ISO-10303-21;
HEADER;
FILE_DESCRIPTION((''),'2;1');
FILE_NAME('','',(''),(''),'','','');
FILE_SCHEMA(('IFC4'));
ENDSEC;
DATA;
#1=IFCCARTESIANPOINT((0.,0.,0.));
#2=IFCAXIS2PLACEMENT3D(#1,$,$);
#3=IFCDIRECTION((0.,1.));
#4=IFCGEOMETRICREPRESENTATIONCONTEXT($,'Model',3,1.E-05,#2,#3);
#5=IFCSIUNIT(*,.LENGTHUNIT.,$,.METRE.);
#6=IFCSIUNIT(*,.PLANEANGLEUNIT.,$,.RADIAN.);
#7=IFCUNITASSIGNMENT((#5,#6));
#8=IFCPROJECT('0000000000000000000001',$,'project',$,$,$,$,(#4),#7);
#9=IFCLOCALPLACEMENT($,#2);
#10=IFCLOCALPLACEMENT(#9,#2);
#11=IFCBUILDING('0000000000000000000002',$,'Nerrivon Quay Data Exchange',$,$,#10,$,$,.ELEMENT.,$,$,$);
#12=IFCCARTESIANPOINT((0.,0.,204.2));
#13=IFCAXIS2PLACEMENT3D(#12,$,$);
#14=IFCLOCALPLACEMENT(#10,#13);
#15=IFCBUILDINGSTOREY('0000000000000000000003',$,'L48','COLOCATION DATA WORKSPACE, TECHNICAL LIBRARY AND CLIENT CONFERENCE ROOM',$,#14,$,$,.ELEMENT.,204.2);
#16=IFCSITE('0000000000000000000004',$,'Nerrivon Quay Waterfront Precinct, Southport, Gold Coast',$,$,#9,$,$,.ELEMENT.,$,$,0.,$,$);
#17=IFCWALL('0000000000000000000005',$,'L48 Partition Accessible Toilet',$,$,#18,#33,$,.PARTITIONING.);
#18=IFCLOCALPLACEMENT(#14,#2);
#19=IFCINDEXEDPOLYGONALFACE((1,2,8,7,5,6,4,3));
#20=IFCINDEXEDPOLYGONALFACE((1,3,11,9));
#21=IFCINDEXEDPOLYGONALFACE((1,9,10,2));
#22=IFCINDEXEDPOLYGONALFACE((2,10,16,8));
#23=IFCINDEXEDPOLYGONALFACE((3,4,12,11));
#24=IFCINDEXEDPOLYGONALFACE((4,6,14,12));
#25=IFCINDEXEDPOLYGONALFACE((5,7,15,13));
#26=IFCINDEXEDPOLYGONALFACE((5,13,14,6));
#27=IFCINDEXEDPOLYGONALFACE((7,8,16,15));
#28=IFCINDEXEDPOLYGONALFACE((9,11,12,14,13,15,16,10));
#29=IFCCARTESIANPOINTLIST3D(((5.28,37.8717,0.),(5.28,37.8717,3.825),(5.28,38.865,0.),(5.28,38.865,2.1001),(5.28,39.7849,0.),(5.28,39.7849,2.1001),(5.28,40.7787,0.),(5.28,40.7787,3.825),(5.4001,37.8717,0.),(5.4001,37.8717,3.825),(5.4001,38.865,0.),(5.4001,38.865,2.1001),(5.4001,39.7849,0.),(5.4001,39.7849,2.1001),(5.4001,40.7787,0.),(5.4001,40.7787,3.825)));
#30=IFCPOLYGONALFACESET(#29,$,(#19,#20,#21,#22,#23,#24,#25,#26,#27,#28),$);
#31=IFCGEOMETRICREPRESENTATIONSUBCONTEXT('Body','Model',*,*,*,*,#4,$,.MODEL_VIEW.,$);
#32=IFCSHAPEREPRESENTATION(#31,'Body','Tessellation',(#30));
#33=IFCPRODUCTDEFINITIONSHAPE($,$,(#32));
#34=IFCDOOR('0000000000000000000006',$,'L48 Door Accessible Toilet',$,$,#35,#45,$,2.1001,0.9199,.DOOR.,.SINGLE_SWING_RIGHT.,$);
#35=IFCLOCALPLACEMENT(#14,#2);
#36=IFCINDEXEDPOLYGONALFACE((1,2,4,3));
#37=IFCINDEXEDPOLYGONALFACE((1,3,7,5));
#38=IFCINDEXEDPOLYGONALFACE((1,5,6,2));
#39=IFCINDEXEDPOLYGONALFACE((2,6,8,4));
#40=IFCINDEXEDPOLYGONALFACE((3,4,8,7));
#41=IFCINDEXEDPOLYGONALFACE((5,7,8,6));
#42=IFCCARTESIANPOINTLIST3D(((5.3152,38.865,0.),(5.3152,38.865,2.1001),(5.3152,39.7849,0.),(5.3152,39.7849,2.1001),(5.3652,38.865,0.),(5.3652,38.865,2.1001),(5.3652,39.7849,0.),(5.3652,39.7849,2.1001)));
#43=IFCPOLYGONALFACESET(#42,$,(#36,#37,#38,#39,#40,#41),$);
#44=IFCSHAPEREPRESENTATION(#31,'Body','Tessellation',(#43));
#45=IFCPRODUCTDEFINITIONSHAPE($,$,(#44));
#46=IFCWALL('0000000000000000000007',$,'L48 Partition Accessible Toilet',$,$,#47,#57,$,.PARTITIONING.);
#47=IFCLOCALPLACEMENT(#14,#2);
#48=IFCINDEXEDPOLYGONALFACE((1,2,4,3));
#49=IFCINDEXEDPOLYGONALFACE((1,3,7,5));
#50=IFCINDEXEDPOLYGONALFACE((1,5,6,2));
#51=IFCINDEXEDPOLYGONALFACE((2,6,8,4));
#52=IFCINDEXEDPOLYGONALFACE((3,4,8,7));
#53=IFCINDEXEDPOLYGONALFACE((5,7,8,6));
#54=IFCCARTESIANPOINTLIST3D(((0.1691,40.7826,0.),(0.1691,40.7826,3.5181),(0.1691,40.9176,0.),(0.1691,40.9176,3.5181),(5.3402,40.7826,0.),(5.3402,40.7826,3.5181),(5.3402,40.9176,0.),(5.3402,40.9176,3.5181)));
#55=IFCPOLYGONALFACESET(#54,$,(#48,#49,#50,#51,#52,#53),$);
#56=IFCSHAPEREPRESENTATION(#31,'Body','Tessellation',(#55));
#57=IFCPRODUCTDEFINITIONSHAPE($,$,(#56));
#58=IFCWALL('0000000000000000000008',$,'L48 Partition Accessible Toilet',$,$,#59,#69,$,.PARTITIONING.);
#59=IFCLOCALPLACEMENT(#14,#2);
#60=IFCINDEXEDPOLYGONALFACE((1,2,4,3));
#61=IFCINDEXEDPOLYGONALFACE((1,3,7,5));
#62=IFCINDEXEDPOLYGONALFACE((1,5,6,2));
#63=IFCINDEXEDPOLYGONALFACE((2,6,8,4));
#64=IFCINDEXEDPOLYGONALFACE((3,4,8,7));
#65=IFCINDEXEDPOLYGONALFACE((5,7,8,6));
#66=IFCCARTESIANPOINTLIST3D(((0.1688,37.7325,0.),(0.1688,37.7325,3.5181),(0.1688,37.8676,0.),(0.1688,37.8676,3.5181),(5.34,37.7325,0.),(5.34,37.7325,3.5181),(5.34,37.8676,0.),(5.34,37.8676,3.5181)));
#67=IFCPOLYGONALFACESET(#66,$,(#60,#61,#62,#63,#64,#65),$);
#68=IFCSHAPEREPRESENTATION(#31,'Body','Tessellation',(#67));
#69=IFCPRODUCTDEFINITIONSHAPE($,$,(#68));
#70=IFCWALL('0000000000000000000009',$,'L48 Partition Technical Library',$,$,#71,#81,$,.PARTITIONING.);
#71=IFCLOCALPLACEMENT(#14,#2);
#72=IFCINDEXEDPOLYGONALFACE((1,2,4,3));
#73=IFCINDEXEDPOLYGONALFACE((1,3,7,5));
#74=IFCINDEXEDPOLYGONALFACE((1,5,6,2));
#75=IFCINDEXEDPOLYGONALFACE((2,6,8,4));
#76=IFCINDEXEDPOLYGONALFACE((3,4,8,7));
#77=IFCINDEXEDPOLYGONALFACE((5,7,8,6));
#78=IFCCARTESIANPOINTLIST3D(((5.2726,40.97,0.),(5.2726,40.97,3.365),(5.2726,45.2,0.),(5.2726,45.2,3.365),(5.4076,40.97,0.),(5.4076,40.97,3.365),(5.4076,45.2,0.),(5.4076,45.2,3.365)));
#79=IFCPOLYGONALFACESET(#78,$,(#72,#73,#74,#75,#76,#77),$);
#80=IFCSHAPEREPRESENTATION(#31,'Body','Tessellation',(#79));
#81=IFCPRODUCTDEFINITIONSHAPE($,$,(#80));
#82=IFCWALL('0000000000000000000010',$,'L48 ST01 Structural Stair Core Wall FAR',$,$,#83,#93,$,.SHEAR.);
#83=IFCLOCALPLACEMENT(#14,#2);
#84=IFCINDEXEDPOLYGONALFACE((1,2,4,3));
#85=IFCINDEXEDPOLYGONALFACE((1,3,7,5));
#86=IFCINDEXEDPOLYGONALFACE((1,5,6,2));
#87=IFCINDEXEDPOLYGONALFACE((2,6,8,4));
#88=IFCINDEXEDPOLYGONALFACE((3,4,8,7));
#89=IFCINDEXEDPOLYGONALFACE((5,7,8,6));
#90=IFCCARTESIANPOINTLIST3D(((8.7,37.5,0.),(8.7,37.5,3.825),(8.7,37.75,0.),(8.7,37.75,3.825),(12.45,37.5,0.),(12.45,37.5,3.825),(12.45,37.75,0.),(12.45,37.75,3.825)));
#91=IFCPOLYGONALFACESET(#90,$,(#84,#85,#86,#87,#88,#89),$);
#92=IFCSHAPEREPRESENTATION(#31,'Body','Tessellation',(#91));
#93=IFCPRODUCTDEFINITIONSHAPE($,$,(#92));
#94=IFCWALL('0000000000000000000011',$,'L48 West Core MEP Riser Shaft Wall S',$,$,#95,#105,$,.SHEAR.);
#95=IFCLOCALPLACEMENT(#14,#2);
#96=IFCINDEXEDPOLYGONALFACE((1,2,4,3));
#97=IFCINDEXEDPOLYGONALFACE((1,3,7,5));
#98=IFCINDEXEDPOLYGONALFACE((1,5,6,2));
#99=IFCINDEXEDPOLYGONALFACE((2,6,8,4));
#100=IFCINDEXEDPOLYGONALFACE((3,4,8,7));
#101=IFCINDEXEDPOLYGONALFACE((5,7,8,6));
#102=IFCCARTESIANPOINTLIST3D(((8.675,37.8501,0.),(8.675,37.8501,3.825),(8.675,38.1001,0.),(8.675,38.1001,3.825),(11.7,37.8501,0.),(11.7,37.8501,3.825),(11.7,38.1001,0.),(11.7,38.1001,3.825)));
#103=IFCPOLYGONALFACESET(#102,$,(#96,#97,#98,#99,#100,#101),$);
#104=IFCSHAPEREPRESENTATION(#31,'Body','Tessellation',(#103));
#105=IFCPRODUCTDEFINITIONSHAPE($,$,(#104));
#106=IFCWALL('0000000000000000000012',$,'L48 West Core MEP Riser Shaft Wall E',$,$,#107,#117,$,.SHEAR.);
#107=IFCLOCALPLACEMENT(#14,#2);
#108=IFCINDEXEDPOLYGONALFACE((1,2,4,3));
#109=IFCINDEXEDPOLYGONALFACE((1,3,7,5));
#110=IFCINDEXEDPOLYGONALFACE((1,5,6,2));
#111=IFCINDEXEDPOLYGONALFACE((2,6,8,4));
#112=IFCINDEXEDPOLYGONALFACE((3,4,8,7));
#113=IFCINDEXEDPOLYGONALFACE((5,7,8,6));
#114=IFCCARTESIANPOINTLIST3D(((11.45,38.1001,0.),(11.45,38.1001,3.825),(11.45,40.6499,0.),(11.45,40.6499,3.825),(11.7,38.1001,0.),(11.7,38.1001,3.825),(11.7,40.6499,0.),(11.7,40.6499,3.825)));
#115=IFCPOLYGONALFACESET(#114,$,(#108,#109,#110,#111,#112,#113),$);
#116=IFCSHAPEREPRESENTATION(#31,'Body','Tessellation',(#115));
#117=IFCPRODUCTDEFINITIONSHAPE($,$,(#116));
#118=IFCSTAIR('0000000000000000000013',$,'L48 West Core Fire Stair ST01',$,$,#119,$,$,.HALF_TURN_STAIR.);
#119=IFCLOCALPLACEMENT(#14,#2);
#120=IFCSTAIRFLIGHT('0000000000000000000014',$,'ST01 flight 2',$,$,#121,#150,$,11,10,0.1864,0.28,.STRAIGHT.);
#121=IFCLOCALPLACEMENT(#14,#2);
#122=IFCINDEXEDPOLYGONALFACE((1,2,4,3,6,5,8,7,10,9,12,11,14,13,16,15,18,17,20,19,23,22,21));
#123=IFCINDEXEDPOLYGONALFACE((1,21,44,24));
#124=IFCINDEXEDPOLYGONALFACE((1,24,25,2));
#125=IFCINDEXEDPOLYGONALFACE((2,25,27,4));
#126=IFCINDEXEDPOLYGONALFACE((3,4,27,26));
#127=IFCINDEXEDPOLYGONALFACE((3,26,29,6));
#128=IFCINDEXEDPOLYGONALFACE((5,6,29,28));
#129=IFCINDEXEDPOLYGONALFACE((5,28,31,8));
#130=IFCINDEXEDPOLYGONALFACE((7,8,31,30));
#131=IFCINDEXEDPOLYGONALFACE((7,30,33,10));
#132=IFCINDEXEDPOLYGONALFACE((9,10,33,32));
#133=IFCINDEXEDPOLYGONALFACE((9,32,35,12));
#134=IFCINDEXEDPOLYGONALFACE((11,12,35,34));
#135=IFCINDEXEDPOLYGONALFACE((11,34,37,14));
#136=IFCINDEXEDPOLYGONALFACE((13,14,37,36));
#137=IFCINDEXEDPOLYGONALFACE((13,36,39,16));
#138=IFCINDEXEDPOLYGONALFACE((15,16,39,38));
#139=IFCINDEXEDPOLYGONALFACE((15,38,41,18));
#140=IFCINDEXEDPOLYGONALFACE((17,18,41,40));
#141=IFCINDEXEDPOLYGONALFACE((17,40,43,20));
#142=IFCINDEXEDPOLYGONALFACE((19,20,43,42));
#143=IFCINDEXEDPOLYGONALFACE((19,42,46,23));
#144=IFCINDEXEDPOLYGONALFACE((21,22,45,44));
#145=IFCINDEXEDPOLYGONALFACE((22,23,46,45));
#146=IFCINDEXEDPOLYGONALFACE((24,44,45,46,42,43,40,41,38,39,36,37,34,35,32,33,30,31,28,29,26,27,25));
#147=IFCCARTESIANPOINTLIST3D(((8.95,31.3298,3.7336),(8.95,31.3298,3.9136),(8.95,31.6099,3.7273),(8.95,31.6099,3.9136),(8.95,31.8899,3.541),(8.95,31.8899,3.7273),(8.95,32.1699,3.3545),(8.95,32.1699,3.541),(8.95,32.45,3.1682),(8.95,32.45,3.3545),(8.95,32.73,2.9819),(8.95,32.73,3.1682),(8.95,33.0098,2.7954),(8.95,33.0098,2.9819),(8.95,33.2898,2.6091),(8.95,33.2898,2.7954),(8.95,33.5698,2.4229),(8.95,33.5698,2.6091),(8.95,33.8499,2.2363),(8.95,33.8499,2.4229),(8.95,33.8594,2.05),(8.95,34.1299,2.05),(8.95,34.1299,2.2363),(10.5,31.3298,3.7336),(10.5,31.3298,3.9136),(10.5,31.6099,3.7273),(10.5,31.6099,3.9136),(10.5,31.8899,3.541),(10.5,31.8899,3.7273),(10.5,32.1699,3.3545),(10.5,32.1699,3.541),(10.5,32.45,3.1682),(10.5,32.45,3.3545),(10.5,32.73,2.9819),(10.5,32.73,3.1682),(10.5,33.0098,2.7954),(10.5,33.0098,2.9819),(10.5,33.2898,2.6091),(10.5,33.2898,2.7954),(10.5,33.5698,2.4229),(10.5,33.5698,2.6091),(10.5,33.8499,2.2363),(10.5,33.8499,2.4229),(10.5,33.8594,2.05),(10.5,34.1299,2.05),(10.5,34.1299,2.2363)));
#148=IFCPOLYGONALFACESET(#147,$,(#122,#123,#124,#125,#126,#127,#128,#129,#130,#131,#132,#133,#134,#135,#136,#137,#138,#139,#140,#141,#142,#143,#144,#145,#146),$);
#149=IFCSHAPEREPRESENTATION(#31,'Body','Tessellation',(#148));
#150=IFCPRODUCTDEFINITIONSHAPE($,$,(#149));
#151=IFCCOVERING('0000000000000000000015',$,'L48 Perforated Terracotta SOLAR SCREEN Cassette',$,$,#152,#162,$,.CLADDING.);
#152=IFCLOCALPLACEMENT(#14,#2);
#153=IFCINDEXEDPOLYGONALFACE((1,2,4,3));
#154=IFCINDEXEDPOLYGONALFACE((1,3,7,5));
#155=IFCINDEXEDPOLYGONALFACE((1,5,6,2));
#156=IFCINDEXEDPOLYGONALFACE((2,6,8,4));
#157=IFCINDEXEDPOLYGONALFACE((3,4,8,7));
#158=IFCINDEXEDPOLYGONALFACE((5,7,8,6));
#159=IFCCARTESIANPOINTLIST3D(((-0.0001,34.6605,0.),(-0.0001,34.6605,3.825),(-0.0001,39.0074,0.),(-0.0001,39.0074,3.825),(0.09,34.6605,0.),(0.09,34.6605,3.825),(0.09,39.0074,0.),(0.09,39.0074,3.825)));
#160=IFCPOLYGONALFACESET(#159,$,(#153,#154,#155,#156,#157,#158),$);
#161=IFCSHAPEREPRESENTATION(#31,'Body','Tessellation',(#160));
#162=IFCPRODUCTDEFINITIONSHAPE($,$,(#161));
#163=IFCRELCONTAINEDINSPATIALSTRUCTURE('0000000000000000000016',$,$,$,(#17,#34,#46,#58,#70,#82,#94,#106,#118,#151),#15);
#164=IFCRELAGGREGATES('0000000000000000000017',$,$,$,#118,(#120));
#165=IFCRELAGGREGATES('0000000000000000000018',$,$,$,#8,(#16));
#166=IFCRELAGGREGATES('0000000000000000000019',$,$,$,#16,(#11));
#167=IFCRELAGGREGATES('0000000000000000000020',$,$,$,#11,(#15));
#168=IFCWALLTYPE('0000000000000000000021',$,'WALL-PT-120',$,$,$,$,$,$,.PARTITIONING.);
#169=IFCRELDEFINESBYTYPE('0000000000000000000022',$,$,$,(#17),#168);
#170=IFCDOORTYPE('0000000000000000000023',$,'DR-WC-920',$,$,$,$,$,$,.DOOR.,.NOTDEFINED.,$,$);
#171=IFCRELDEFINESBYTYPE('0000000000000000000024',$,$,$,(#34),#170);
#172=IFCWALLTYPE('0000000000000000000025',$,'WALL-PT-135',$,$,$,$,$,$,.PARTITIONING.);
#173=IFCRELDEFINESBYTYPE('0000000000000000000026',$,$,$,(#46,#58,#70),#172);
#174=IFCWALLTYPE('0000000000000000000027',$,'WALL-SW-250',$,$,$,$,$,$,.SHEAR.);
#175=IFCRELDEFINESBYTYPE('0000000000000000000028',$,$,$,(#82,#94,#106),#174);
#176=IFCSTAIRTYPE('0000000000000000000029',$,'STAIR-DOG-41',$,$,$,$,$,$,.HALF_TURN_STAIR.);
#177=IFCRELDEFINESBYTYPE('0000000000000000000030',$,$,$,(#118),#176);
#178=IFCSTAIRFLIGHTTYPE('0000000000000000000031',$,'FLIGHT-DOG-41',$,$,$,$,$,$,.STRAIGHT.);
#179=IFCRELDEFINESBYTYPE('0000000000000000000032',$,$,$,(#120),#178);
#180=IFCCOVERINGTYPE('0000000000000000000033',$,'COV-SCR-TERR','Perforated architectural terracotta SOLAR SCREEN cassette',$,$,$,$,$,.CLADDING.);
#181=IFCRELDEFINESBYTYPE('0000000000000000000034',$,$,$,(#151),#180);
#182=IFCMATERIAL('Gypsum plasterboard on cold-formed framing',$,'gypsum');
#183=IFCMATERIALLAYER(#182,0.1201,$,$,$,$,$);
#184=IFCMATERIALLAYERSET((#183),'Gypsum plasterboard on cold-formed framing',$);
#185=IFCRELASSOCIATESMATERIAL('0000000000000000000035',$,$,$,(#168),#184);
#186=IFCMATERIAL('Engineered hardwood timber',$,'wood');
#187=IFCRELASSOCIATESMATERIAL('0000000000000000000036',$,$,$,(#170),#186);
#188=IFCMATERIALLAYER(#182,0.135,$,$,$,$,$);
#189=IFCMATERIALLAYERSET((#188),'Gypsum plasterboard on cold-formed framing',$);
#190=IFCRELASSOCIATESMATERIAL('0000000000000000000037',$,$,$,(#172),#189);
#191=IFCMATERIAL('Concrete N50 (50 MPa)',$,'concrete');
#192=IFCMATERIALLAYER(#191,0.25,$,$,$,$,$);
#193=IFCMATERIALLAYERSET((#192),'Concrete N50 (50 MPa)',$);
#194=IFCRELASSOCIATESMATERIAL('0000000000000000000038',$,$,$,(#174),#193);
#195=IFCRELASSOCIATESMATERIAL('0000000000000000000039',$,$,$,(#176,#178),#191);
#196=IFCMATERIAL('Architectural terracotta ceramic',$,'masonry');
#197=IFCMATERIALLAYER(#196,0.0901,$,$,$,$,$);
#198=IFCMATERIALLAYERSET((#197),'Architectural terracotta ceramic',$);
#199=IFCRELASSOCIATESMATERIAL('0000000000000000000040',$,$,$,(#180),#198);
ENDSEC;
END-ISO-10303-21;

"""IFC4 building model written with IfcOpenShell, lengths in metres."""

from ifc_helpers import new_model, si_unit, direction, frame, frame_2d, origin, origin_2d, place, context, subcontext, project, spatial, polyline, rectangle, outline, extrude, material, layer, layer_set, type_object, element, fill, aggregate, save


model = new_model("IFC4")

# Units and contexts
model_context = context("Model", 3, precision=1e-05, world=origin(), true_north=direction((0.0, 1.0)))
body_context = subcontext(model_context, "Body", "Model", "MODEL_VIEW")
ifc_project = project(units=[si_unit("LENGTHUNIT", "METRE"), si_unit("PLANEANGLEUNIT", "RADIAN")], contexts=[model_context])

# Site, building, storey
site_placement = place(None, origin())
site = spatial("IfcSite", under=ifc_project, at=site_placement, Name="Nerrivon Quay Waterfront Precinct, Southport, Gold Coast", CompositionType="ELEMENT", RefElevation=0.0)
building_placement = place(site_placement, origin())
building = spatial("IfcBuilding", under=site, at=building_placement, Name="Nerrivon Quay Data Exchange", CompositionType="ELEMENT")
storey_placement = place(building_placement, frame((0.0, 0.0, 204.2)))
storey = spatial("IfcBuildingStorey", under=building, at=storey_placement, Name="L48", Description="COLOCATION DATA WORKSPACE, TECHNICAL LIBRARY AND CLIENT CONFERENCE ROOM", CompositionType="ELEMENT", Elevation=204.2)

# Shared definitions
ifc_material_1 = material(Name="Concrete N50 (50 MPa)", Category="concrete")

# Shared definitions
ifc_material_2 = material(Name="Gypsum plasterboard on cold-formed framing", Category="gypsum")

# Wall, opening, door
ifc_layer_1 = layer(ifc_material_2, 0.1201)
ifc_layer_set_1 = layer_set([ifc_layer_1], Name="Gypsum plasterboard on cold-formed framing")
wall_type_1 = type_object("IfcWallType", Name="WALL-PT-120", PredefinedType="PARTITIONING", material=ifc_layer_set_1)
wall_1_placement = place(storey_placement, frame((5.3401, 37.8716, 0.0), z_axis=(0.0, 0.0, 1.0), x_axis=(0.0, 1.0, 0.0)))
wall_1 = element("IfcWall", 1, at=wall_1_placement, inside=storey, type_object=wall_type_1, Name="L48 Partition Accessible Toilet", PredefinedType="PARTITIONING", context=body_context, shape_type="SweptSolid", body=[
    extrude(rectangle(XDim=2.907, YDim=0.1201, at=frame_2d((1.4536, 0.0))), origin(), (0.0, 0.0, 1.0), 3.825),
])
opening_1_placement = place(wall_1_placement, frame((0.9934, 0.0, 0.0)))
opening_1 = element("IfcOpeningElement", 2, at=opening_1_placement, cuts=wall_1, PredefinedType="OPENING", context=body_context, shape_type="SweptSolid", body=[
    extrude(rectangle(XDim=0.9199, YDim=2.1001, at=frame_2d((0.46, 1.05))), frame((0.0, 0.0701, 0.0), z_axis=(0.0, -1.0, 0.0), x_axis=(1.0, 0.0, 0.0)), (0.0, 0.0, 1.0), 0.1401),
])
ifc_material_3 = material(Name="Engineered hardwood timber", Category="wood")
door_type_1 = type_object("IfcDoorType", Name="DR-WC-920", OperationType="NOTDEFINED", PredefinedType="DOOR", material=ifc_material_3)
door_1_placement = place(opening_1_placement, origin())
door_1 = element("IfcDoor", 3, at=door_1_placement, inside=storey, type_object=door_type_1, Name="L48 Door Accessible Toilet", OperationType="SINGLE_SWING_RIGHT", OverallHeight=2.1001, OverallWidth=0.9199, PredefinedType="DOOR", context=body_context, shape_type="SweptSolid", body=[
    extrude(rectangle(XDim=0.9199, YDim=2.1001, at=frame_2d((0.46, 1.05))), frame((0.0, 0.0249, 0.0), z_axis=(0.0, -1.0, 0.0), x_axis=(1.0, 0.0, 0.0)), (0.0, 0.0, 1.0), 0.05),
])
fill(opening_1, door_1)

# Walls
ifc_layer_2 = layer(ifc_material_2, 0.135)
ifc_layer_set_2 = layer_set([ifc_layer_2], Name="Gypsum plasterboard on cold-formed framing")
wall_type_2 = type_object("IfcWallType", Name="WALL-PT-135", PredefinedType="PARTITIONING", material=ifc_layer_set_2)
for number, where, z_axis, x_axis, name in (
    (4, (5.3401, 40.8501, 0.0), (0.0, 0.0, 1.0), (-1.0, 0.0, 0.0), "L48 Partition Accessible Toilet"),
    (5, (0.1689, 37.8, 0.0), (0.0, 0.0, 1.0), (1.0, 0.0, 0.0), "L48 Partition Accessible Toilet"),
):
    element("IfcWall", number, at=place(storey_placement, frame(where, z_axis=z_axis, x_axis=x_axis)), inside=storey, type_object=wall_type_2, Name=name, PredefinedType="PARTITIONING", context=body_context, shape_type="SweptSolid", body=[
        extrude(rectangle(XDim=5.1711, YDim=0.135, at=frame_2d((2.5854, 0.0))), origin(), (0.0, 0.0, 1.0), 3.5181),
    ])
wall_2_placement = place(storey_placement, frame((5.3401, 40.97, 0.0), z_axis=(0.0, 0.0, 1.0), x_axis=(0.0, 1.0, 0.0)))
element("IfcWall", 6, at=wall_2_placement, inside=storey, type_object=wall_type_2, Name="L48 Partition Technical Library", PredefinedType="PARTITIONING", context=body_context, shape_type="SweptSolid", body=[
    extrude(rectangle(XDim=4.23, YDim=0.135, at=frame_2d((2.115, 0.0))), origin(), (0.0, 0.0, 1.0), 3.365),
])
ifc_layer_3 = layer(ifc_material_1, 0.25)
ifc_layer_set_3 = layer_set([ifc_layer_3], Name="Concrete N50 (50 MPa)")
wall_type_3 = type_object("IfcWallType", Name="WALL-SW-250", PredefinedType="SHEAR", material=ifc_layer_set_3)
wall_3_placement = place(storey_placement, frame((12.45, 37.625, 0.0), z_axis=(0.0, 0.0, 1.0), x_axis=(-1.0, 0.0, 0.0)))
element("IfcWall", 7, at=wall_3_placement, inside=storey, type_object=wall_type_3, Name="L48 ST01 Structural Stair Core Wall FAR", PredefinedType="SHEAR", context=body_context, shape_type="SweptSolid", body=[
    extrude(rectangle(XDim=3.75, YDim=0.25, at=frame_2d((1.875, 0.0))), origin(), (0.0, 0.0, 1.0), 3.825),
])
wall_4_placement = place(storey_placement, frame((8.675, 37.9751, 0.0), z_axis=(0.0, 0.0, 1.0), x_axis=(1.0, 0.0, 0.0)))
element("IfcWall", 8, at=wall_4_placement, inside=storey, type_object=wall_type_3, Name="L48 West Core MEP Riser Shaft Wall S", PredefinedType="SHEAR", context=body_context, shape_type="SweptSolid", body=[
    extrude(rectangle(XDim=3.0249, YDim=0.25, at=frame_2d((1.5125, 0.0))), origin(), (0.0, 0.0, 1.0), 3.825),
])
wall_5_placement = place(storey_placement, frame((11.575, 38.1001, 0.0), z_axis=(0.0, 0.0, 1.0), x_axis=(0.0, 1.0, 0.0)))
element("IfcWall", 9, at=wall_5_placement, inside=storey, type_object=wall_type_3, Name="L48 West Core MEP Riser Shaft Wall E", PredefinedType="SHEAR", context=body_context, shape_type="SweptSolid", body=[
    extrude(rectangle(XDim=2.5498, YDim=0.25, at=frame_2d((1.2749, 0.0))), origin(), (0.0, 0.0, 1.0), 3.825),
])

# Stair, stair flight
stair_type = type_object("IfcStairType", Name="STAIR-DOG-41", PredefinedType="HALF_TURN_STAIR", material=ifc_material_1)
stair_placement = place(storey_placement, origin())
stair = element("IfcStair", 10, at=stair_placement, inside=storey, type_object=stair_type, Name="L48 West Core Fire Stair ST01", PredefinedType="HALF_TURN_STAIR")
stair_flight_type = type_object("IfcStairFlightType", Name="FLIGHT-DOG-41", PredefinedType="STRAIGHT", material=ifc_material_1)
stair_flight_placement = place(storey_placement, frame((9.7251, 34.1299, 2.05), z_axis=(0.0, 0.0, 1.0), x_axis=(0.0, -1.0, 0.0)))
stair_flight = element("IfcStairFlight", 11, at=stair_flight_placement, type_object=stair_flight_type, Name="ST01 flight 2", NumberOfRisers=11, NumberOfTreads=10, PredefinedType="STRAIGHT", RiserHeight=0.1864, TreadLength=0.28, context=body_context, shape_type="SweptSolid", body=[
    extrude(outline(polyline([(0.0, 0.0), (0.0, 0.1863), (0.28, 0.1863), (0.28, 0.3728), (0.5601, 0.3728), (0.5601, 0.5591), (0.8401, 0.5591), (0.8401, 0.7454), (1.1201, 0.7454), (1.1201, 0.9319), (1.3999, 0.9319), (1.3999, 1.1182), (1.6799, 1.1182), (1.6799, 1.3044), (1.96, 1.3044), (1.96, 1.491), (2.24, 1.491), (2.24, 1.6772), (2.52, 1.6772), (2.52, 1.8635), (2.8, 1.8635), (2.8, 2.05), (2.8, 1.6836), (0.2705, 0.0), (0.0, 0.0)])), frame((0.0, 0.7749, 0.0), z_axis=(0.0, -1.0, 0.0), x_axis=(1.0, 0.0, 0.0)), (0.0, 0.0, 1.0), 1.55),
])
aggregate(stair, [stair_flight])

# Covering
ifc_material_4 = material(Name="Architectural terracotta ceramic", Category="masonry")
ifc_layer_4 = layer(ifc_material_4, 0.0901)
ifc_layer_set_4 = layer_set([ifc_layer_4], Name="Architectural terracotta ceramic")
covering_type = type_object("IfcCoveringType", Name="COV-SCR-TERR", Description="Perforated architectural terracotta SOLAR SCREEN cassette", PredefinedType="CLADDING", material=ifc_layer_set_4)
covering_placement = place(storey_placement, frame((0.0449, 36.834, 0.0), z_axis=(0.0, 0.0, 1.0), x_axis=(0.0, 1.0, 0.0)))
element("IfcCovering", 12, at=covering_placement, inside=storey, type_object=covering_type, Name="L48 Perforated Terracotta SOLAR SCREEN Cassette", PredefinedType="CLADDING", context=body_context, shape_type="SweptSolid", body=[
    extrude(rectangle(XDim=4.3469, YDim=0.0901, at=origin_2d()), origin(), (0.0, 0.0, 1.0), 3.825),
])

save(model, "model.ifc")
